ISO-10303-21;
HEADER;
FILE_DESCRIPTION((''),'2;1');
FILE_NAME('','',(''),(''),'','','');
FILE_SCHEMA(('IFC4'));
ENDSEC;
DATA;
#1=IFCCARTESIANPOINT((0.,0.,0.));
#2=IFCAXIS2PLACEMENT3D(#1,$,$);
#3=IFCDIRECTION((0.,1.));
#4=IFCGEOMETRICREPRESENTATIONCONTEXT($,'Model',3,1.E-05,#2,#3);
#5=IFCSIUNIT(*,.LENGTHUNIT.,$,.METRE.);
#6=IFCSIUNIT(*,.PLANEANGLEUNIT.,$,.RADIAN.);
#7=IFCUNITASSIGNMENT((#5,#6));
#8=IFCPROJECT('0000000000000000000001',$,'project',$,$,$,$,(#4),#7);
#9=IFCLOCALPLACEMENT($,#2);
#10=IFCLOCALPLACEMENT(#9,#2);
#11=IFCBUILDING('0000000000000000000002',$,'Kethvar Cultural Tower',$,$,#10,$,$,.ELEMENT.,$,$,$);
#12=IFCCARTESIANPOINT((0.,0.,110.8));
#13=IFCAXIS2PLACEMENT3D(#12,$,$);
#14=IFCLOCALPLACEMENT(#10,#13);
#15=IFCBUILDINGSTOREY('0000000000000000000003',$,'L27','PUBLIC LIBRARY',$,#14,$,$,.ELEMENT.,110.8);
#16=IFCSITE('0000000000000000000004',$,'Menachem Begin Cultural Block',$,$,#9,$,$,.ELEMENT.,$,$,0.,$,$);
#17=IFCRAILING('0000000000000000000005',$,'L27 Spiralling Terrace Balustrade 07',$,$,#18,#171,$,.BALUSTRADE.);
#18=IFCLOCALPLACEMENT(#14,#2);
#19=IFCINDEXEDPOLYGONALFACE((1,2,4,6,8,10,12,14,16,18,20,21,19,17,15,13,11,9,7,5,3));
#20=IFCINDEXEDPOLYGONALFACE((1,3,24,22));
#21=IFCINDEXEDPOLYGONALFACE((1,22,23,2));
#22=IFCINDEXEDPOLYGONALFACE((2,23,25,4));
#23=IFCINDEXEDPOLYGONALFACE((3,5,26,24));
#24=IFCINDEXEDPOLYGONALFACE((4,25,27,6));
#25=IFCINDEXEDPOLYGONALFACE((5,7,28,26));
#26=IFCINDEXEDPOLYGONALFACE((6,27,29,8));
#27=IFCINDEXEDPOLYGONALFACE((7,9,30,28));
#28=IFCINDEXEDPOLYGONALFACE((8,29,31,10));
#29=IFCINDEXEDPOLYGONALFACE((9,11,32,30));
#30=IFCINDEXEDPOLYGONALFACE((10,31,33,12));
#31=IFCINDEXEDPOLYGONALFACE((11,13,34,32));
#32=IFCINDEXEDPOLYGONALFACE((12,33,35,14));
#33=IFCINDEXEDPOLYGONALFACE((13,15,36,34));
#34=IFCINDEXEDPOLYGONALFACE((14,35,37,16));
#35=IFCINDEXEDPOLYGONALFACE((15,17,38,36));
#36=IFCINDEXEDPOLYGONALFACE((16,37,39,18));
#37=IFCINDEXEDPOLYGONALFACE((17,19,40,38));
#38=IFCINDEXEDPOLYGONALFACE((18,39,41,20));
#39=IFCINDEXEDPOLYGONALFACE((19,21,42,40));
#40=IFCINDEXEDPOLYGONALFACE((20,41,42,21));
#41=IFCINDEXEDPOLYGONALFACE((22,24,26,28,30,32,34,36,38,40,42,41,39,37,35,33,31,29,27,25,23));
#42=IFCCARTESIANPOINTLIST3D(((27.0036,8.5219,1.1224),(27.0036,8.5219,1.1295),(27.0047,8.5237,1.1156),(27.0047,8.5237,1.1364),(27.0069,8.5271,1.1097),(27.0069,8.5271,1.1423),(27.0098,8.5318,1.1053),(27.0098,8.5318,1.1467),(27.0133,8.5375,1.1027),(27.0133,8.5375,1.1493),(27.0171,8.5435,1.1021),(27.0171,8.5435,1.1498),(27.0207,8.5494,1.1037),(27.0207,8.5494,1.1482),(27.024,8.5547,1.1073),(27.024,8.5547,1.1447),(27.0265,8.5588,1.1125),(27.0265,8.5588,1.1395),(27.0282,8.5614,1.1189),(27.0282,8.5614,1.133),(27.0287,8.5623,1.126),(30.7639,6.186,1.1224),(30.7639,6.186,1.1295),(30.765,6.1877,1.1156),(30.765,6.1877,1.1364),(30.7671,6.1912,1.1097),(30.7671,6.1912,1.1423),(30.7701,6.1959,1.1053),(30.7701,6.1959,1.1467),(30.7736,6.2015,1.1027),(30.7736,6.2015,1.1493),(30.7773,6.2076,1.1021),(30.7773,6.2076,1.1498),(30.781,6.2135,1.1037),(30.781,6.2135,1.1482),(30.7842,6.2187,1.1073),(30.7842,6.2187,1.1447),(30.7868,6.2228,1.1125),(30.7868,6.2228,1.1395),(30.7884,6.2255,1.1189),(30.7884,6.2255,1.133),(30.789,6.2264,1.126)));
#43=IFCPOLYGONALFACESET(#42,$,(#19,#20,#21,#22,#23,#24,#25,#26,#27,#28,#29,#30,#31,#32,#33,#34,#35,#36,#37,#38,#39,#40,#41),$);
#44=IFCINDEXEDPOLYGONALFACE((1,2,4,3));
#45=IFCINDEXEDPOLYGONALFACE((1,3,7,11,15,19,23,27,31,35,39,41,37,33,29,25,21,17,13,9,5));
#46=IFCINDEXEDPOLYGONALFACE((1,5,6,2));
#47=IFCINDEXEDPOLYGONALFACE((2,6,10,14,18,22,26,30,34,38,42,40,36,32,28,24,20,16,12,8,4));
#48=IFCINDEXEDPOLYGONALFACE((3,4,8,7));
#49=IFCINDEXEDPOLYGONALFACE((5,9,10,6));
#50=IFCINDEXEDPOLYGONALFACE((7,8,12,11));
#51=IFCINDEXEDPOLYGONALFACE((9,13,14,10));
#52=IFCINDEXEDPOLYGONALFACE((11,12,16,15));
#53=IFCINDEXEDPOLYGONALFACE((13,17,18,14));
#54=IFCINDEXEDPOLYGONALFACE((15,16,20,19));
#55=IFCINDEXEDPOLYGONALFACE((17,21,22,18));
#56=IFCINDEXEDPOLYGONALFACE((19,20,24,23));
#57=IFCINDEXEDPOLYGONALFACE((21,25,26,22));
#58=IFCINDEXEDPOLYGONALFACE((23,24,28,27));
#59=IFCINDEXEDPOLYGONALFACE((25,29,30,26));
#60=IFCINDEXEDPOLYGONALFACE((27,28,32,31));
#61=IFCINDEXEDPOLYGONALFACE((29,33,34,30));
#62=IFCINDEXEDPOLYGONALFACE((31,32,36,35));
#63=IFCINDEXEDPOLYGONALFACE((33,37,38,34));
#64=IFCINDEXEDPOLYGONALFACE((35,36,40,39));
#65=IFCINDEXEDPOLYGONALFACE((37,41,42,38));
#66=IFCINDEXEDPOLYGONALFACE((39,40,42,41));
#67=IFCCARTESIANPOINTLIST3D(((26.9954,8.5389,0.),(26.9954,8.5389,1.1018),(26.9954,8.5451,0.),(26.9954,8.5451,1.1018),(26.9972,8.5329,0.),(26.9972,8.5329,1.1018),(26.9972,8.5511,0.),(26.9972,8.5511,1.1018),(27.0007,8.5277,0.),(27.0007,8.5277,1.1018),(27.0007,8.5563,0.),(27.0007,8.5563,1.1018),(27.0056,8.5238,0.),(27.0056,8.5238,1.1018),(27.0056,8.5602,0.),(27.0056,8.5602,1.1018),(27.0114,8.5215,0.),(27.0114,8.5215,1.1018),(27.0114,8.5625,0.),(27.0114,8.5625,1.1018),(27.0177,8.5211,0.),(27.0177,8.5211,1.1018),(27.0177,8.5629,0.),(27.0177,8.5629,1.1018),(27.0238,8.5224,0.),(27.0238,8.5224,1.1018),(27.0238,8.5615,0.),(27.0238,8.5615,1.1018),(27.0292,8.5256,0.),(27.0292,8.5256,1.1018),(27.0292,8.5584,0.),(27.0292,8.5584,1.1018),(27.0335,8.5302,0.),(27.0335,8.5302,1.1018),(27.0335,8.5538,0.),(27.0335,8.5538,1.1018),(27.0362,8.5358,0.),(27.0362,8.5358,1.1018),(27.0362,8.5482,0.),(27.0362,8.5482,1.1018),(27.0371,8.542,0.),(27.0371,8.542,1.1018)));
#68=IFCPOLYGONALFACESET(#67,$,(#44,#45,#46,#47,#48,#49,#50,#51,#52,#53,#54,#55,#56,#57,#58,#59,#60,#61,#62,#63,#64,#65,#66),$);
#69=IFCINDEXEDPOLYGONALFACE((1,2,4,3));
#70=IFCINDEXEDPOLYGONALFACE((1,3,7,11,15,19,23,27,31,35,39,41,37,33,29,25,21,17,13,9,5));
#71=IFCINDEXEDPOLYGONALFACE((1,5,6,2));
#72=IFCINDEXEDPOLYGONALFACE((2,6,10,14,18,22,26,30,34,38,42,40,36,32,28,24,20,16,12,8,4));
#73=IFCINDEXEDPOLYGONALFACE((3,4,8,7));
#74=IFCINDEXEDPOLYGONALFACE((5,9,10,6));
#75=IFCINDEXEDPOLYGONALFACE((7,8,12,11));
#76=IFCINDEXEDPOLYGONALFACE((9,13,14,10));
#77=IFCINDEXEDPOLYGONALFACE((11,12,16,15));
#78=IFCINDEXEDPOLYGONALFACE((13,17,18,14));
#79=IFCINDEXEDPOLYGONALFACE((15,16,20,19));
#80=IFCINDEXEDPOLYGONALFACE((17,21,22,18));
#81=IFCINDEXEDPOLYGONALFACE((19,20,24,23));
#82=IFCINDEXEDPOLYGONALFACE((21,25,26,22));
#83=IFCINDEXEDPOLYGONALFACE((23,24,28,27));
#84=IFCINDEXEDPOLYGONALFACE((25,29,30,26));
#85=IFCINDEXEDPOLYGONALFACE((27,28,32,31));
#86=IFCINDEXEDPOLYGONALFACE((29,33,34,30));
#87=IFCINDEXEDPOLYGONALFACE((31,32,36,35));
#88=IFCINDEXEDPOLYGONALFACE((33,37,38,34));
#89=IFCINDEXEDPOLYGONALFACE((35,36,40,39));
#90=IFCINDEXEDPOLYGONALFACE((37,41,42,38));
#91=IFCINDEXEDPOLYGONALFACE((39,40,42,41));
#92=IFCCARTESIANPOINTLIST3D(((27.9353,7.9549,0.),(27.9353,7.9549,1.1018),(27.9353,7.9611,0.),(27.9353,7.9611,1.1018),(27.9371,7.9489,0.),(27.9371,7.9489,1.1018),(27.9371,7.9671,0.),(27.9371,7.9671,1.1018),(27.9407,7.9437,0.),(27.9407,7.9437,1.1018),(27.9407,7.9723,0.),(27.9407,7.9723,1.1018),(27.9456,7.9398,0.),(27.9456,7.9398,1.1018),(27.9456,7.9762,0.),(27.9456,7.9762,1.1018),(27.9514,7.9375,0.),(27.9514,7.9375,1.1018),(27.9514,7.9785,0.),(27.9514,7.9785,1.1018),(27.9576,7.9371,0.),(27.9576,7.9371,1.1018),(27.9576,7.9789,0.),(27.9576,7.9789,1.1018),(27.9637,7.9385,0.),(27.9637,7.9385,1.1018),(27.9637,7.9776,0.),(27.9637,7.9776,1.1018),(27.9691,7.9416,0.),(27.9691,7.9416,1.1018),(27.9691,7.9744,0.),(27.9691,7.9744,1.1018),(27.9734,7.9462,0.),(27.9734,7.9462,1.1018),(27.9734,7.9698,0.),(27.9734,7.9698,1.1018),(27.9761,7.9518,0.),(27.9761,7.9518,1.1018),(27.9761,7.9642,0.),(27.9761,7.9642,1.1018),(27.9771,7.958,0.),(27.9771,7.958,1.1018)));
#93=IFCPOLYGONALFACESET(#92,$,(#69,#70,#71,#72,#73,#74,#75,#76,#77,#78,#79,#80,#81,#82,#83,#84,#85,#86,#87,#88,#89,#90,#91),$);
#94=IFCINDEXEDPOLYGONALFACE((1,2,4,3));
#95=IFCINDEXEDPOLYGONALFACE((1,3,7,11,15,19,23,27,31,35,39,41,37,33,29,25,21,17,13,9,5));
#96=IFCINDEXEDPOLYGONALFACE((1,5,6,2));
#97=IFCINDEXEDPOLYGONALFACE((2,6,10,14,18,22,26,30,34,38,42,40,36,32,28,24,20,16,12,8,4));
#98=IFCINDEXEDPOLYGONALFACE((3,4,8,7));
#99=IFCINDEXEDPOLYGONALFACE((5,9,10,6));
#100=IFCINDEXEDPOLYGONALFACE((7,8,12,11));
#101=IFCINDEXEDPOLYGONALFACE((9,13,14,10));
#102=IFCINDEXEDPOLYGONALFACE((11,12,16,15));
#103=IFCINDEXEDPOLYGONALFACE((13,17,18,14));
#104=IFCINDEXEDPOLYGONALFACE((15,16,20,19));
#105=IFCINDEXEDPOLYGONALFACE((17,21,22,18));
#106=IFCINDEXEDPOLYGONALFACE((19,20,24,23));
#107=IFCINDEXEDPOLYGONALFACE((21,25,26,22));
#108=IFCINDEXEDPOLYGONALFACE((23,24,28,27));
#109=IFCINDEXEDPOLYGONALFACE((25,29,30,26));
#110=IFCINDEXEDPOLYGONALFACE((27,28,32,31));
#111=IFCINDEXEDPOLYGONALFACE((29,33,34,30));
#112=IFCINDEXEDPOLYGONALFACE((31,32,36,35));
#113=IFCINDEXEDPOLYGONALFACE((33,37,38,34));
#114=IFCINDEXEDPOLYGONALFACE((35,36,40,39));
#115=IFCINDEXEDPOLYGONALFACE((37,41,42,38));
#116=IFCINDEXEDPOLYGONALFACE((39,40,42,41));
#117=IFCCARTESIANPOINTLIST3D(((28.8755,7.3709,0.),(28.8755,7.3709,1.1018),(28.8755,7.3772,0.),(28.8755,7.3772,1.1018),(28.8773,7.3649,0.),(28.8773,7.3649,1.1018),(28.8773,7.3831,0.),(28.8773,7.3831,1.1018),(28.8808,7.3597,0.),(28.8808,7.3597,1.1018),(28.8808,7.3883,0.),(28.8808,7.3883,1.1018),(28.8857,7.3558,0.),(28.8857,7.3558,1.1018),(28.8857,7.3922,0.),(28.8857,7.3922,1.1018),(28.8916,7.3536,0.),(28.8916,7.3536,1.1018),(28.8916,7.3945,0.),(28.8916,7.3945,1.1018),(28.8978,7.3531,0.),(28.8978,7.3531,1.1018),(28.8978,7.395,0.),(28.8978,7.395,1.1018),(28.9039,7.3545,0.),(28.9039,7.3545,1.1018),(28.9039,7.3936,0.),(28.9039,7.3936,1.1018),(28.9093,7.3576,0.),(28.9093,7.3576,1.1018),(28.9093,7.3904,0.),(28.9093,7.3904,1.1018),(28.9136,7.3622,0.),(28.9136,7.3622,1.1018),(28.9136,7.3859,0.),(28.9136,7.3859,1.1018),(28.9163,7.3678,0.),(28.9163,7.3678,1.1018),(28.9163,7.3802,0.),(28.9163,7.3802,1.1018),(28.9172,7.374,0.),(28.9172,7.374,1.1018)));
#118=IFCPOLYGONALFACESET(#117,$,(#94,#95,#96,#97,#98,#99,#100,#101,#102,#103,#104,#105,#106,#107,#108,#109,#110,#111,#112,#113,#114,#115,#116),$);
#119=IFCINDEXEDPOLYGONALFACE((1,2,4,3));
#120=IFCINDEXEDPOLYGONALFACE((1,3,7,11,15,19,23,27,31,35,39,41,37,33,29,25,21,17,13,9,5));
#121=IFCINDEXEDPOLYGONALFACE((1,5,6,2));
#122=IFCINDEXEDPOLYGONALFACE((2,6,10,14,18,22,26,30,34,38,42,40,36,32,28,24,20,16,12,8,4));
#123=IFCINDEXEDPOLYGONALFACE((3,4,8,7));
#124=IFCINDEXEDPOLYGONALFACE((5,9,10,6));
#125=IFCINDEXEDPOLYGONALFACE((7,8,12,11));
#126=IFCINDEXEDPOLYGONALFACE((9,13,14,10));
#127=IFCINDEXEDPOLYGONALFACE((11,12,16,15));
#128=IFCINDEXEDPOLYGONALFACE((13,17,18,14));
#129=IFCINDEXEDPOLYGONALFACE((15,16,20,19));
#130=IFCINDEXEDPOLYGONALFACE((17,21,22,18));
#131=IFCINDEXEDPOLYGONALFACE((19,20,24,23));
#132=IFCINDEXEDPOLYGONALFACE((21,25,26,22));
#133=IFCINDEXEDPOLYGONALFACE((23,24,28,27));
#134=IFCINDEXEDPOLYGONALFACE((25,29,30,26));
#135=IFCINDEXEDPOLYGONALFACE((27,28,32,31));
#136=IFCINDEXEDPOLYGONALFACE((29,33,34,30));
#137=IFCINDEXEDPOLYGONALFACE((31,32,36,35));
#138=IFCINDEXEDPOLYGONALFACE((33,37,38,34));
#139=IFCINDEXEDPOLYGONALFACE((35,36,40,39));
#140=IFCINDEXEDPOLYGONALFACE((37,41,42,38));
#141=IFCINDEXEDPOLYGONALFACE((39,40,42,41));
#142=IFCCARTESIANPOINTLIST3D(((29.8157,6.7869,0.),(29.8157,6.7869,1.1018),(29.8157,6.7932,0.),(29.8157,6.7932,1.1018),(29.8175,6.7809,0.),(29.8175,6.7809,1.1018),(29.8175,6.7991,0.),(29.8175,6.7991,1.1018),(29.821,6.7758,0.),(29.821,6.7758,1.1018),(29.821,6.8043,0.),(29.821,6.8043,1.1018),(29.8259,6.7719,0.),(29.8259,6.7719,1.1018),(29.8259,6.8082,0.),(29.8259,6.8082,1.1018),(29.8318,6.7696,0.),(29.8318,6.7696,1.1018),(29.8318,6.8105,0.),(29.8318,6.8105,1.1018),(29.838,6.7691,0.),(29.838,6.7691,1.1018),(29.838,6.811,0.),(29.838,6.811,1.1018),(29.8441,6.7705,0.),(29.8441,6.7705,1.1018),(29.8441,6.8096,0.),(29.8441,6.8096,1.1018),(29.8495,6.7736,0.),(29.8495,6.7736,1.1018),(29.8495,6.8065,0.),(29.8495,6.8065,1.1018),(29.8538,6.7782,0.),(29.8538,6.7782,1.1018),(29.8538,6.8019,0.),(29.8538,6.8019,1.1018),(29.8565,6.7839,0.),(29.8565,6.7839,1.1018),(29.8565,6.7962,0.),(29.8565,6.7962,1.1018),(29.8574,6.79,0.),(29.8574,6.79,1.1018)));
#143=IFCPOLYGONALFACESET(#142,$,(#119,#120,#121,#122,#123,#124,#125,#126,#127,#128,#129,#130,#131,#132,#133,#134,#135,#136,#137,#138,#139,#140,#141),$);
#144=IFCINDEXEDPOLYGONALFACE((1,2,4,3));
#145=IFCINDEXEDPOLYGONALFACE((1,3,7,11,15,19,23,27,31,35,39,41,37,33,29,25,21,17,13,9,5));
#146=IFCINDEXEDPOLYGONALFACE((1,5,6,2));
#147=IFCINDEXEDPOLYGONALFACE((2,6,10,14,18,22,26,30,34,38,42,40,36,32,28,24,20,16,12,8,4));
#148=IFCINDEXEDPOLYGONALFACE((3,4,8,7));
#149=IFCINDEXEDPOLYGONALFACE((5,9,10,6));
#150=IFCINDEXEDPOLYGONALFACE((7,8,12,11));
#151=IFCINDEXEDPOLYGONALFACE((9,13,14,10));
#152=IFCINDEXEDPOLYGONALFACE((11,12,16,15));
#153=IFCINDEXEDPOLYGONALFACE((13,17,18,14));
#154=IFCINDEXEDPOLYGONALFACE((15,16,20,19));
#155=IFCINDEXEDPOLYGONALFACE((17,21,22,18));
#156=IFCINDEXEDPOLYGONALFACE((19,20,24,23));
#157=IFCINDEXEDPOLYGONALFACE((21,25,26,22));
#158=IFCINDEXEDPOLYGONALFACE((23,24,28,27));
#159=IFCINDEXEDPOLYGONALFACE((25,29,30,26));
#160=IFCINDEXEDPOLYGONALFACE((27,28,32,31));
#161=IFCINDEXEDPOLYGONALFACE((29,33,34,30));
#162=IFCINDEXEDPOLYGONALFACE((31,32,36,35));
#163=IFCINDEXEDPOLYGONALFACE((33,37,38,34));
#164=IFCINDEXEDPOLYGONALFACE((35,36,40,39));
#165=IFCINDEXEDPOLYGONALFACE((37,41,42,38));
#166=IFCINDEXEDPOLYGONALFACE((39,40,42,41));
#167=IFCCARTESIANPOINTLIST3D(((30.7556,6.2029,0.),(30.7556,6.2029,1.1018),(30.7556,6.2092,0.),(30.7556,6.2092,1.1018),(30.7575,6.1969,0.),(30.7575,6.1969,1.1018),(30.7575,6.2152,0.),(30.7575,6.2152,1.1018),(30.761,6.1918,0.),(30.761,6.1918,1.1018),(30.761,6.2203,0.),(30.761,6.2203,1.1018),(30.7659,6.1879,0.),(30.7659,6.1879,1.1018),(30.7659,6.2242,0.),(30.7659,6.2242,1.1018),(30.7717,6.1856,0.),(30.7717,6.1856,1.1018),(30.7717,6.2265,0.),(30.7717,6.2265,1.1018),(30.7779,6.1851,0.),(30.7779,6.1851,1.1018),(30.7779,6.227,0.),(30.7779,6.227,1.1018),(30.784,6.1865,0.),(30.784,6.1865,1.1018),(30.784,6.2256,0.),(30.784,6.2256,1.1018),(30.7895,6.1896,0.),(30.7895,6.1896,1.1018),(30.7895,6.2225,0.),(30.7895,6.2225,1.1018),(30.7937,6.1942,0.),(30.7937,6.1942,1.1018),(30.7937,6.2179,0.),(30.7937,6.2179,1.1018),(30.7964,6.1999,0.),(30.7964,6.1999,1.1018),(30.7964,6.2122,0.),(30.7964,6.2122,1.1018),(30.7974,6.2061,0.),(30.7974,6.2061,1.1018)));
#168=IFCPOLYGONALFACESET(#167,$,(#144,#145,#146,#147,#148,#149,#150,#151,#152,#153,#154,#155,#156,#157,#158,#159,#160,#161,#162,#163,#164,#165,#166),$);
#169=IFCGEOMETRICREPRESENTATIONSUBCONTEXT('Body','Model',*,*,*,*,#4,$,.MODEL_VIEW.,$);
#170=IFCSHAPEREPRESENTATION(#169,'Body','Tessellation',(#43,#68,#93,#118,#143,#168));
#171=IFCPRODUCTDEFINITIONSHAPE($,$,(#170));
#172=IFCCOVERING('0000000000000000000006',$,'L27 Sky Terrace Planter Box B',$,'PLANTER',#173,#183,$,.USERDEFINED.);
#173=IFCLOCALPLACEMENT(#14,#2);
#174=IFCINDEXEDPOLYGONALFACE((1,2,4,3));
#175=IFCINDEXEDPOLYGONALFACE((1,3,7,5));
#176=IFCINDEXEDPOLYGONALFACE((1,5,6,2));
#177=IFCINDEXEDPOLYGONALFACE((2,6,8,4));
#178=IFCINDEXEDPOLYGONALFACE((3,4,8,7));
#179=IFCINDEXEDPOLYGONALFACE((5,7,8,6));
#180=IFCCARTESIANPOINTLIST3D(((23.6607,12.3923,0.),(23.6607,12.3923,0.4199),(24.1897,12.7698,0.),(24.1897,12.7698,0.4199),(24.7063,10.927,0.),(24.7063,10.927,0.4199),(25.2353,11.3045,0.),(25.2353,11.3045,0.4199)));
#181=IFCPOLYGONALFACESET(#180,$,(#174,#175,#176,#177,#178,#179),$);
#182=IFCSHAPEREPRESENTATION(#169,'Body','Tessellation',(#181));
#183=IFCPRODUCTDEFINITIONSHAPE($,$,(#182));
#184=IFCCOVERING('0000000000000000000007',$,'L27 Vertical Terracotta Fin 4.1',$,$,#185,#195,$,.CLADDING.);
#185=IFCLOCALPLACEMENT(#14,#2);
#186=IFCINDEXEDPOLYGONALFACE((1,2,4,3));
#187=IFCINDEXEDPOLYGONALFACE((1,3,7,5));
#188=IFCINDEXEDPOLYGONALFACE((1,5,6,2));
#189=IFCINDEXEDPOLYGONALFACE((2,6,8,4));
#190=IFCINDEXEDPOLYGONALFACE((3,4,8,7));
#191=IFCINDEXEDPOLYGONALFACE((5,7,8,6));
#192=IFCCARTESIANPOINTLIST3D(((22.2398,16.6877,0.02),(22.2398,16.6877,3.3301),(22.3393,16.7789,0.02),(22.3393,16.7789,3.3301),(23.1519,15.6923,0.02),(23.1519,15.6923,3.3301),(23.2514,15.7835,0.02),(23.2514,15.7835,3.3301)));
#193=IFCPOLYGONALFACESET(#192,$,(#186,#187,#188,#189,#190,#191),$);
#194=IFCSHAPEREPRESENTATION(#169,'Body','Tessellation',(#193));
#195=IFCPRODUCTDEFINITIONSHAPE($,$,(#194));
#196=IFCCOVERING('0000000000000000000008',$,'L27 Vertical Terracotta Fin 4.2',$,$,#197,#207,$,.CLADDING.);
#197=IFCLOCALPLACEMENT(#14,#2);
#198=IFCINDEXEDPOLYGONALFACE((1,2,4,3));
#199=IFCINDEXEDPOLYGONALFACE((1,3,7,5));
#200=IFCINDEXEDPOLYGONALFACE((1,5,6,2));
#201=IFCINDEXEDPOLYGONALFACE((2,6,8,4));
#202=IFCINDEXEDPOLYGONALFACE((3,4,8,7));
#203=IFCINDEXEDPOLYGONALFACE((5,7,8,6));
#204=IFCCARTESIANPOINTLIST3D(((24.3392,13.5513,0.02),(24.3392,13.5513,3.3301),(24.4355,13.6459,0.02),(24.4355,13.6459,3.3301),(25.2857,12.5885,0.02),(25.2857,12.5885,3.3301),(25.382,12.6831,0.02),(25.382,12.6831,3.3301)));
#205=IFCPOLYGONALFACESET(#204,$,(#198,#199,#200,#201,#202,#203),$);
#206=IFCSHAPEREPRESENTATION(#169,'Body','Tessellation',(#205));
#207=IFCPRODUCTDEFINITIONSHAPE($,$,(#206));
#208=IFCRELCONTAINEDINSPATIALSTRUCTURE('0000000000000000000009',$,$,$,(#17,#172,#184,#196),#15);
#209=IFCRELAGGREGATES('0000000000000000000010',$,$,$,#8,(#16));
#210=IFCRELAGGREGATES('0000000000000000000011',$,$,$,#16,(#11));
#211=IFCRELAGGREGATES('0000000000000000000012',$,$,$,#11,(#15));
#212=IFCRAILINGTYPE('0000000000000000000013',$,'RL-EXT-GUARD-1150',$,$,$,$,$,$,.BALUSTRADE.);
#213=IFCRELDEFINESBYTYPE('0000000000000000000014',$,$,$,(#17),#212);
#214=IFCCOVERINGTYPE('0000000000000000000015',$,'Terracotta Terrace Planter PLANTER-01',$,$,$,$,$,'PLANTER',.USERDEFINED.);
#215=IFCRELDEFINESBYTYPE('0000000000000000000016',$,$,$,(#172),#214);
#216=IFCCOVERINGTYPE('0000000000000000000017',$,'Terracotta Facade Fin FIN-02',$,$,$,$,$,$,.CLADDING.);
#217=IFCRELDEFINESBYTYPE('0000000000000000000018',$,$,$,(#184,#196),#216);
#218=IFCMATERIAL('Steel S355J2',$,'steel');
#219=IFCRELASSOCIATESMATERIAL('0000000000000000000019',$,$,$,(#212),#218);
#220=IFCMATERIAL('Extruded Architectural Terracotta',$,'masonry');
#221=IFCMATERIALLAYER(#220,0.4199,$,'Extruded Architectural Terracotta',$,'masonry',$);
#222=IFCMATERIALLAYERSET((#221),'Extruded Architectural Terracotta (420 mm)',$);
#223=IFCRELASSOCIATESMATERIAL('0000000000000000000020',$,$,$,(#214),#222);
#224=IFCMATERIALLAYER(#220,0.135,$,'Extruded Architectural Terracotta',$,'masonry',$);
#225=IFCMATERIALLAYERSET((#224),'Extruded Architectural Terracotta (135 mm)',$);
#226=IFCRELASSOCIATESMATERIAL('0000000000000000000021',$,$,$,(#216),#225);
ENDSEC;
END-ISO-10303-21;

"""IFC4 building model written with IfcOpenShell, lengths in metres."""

from ifc_helpers import new_model, si_unit, direction, frame, origin, origin_2d, place, context, subcontext, project, spatial, rectangle, circle, extrude, source, transform, mapped, material, layer, layer_set, type_object, element, save


model = new_model("IFC4")

# Units and contexts
model_context = context("Model", 3, precision=1e-05, world=origin(), true_north=direction((0.0, 1.0)))
body_context = subcontext(model_context, "Body", "Model", "MODEL_VIEW")
ifc_project = project(units=[si_unit("LENGTHUNIT", "METRE"), si_unit("PLANEANGLEUNIT", "RADIAN")], contexts=[model_context])

# Site, building, storey
site_placement = place(None, origin())
site = spatial("IfcSite", under=ifc_project, at=site_placement, Name="Menachem Begin Cultural Block", CompositionType="ELEMENT", RefElevation=0.0)
building_placement = place(site_placement, origin())
building = spatial("IfcBuilding", under=site, at=building_placement, Name="Kethvar Cultural Tower", CompositionType="ELEMENT")
storey_placement = place(building_placement, frame((0.0, 0.0, 110.8)))
storey = spatial("IfcBuildingStorey", under=building, at=storey_placement, Name="L27", Description="PUBLIC LIBRARY", CompositionType="ELEMENT", Elevation=110.8)

# Shared definitions
ifc_material_1 = material(Name="Steel S355J2", Category="steel")

# Railing
railing_type = type_object("IfcRailingType", Name="RL-EXT-GUARD-1150", PredefinedType="BALUSTRADE", material=ifc_material_1)
railing_1_placement = place(storey_placement, frame((27.0161, 8.542, 0.0)))
element("IfcRailing", 1, at=railing_1_placement, inside=storey, type_object=railing_type, Name="L27 Spiralling Terrace Balustrade 07", PredefinedType="BALUSTRADE", context=body_context, shape_type="SweptSolid", body=[
    extrude(circle(Radius=0.0239, at=origin_2d()), frame((0.0, 0.0, 1.126), z_axis=(0.849439, -0.527687, 0.0), x_axis=(0.527687, 0.849439, 0.0)), (0.0, 0.0, 1.0), 4.4268),
    extrude(circle(Radius=0.021, at=origin_2d()), origin(), (0.0, 0.0, 1.0), 1.1018),
    extrude(circle(Radius=0.021, at=origin_2d()), frame((0.9399, -0.584, 0.0)), (0.0, 0.0, 1.0), 1.1018),
    extrude(circle(Radius=0.021, at=origin_2d()), frame((1.8801, -1.168, 0.0)), (0.0, 0.0, 1.0), 1.1018),
    extrude(circle(Radius=0.021, at=origin_2d()), frame((2.8203, -1.752, 0.0)), (0.0, 0.0, 1.0), 1.1018),
    extrude(circle(Radius=0.021, at=origin_2d()), frame((3.7603, -2.3359, 0.0)), (0.0, 0.0, 1.0), 1.1018),
])

# Coverings
ifc_material_2 = material(Name="Extruded Architectural Terracotta", Category="masonry")
ifc_layer_1 = layer(ifc_material_2, 0.4199, Name="Extruded Architectural Terracotta", Category="masonry")
ifc_layer_set_1 = layer_set([ifc_layer_1], Name="Extruded Architectural Terracotta (420 mm)")
covering_type_1 = type_object("IfcCoveringType", Name="Terracotta Terrace Planter PLANTER-01", ElementType="PLANTER", PredefinedType="USERDEFINED", material=ifc_layer_set_1)
shared_shape_1 = source(origin(), body_context, "Body", "SweptSolid", [
    extrude(rectangle(XDim=1.8, YDim=0.6499, at=origin_2d()), origin(), (0.0, 0.0, 1.0), 0.4199),
])
covering_placement = place(storey_placement, frame((24.448, 11.8484, 0.0), z_axis=(0.0, 0.0, 1.0), x_axis=(0.580845, -0.814014, 0.0)))
element("IfcCovering", 2, at=covering_placement, inside=storey, type_object=covering_type_1, Name="L27 Sky Terrace Planter Box B", ObjectType="PLANTER", PredefinedType="USERDEFINED", context=body_context, shape_type="MappedRepresentation", body=[
    mapped(shared_shape_1, transform((0.0, 0.0, 0.0), scale=1.0)),
])
ifc_layer_2 = layer(ifc_material_2, 0.135, Name="Extruded Architectural Terracotta", Category="masonry")
ifc_layer_set_2 = layer_set([ifc_layer_2], Name="Extruded Architectural Terracotta (135 mm)")
covering_type_2 = type_object("IfcCoveringType", Name="Terracotta Facade Fin FIN-02", PredefinedType="CLADDING", material=ifc_layer_set_2)
shared_shape_2 = source(origin(), body_context, "Body", "SweptSolid", [
    extrude(rectangle(XDim=1.3501, YDim=0.135, at=origin_2d()), origin(), (0.0, 0.0, 1.0), 3.3101),
])
for number, where, z_axis, x_axis, name in (
    (3, (22.7456, 16.2356, 0.02), (0.0, 0.0, 1.0), (-0.67559, 0.737277, 0.0), "L27 Vertical Terracotta Fin 4.1"),
    (4, (24.8606, 13.1172, 0.02), (0.0, 0.0, 1.0), (-0.701034, 0.713128, 0.0), "L27 Vertical Terracotta Fin 4.2"),
):
    element("IfcCovering", number, at=place(storey_placement, frame(where, z_axis=z_axis, x_axis=x_axis)), inside=storey, type_object=covering_type_2, Name=name, PredefinedType="CLADDING", context=body_context, shape_type="MappedRepresentation", body=[
        mapped(shared_shape_2, transform((0.0, 0.0, 0.0), scale=1.0)),
    ])

save(model, "model.ifc")
